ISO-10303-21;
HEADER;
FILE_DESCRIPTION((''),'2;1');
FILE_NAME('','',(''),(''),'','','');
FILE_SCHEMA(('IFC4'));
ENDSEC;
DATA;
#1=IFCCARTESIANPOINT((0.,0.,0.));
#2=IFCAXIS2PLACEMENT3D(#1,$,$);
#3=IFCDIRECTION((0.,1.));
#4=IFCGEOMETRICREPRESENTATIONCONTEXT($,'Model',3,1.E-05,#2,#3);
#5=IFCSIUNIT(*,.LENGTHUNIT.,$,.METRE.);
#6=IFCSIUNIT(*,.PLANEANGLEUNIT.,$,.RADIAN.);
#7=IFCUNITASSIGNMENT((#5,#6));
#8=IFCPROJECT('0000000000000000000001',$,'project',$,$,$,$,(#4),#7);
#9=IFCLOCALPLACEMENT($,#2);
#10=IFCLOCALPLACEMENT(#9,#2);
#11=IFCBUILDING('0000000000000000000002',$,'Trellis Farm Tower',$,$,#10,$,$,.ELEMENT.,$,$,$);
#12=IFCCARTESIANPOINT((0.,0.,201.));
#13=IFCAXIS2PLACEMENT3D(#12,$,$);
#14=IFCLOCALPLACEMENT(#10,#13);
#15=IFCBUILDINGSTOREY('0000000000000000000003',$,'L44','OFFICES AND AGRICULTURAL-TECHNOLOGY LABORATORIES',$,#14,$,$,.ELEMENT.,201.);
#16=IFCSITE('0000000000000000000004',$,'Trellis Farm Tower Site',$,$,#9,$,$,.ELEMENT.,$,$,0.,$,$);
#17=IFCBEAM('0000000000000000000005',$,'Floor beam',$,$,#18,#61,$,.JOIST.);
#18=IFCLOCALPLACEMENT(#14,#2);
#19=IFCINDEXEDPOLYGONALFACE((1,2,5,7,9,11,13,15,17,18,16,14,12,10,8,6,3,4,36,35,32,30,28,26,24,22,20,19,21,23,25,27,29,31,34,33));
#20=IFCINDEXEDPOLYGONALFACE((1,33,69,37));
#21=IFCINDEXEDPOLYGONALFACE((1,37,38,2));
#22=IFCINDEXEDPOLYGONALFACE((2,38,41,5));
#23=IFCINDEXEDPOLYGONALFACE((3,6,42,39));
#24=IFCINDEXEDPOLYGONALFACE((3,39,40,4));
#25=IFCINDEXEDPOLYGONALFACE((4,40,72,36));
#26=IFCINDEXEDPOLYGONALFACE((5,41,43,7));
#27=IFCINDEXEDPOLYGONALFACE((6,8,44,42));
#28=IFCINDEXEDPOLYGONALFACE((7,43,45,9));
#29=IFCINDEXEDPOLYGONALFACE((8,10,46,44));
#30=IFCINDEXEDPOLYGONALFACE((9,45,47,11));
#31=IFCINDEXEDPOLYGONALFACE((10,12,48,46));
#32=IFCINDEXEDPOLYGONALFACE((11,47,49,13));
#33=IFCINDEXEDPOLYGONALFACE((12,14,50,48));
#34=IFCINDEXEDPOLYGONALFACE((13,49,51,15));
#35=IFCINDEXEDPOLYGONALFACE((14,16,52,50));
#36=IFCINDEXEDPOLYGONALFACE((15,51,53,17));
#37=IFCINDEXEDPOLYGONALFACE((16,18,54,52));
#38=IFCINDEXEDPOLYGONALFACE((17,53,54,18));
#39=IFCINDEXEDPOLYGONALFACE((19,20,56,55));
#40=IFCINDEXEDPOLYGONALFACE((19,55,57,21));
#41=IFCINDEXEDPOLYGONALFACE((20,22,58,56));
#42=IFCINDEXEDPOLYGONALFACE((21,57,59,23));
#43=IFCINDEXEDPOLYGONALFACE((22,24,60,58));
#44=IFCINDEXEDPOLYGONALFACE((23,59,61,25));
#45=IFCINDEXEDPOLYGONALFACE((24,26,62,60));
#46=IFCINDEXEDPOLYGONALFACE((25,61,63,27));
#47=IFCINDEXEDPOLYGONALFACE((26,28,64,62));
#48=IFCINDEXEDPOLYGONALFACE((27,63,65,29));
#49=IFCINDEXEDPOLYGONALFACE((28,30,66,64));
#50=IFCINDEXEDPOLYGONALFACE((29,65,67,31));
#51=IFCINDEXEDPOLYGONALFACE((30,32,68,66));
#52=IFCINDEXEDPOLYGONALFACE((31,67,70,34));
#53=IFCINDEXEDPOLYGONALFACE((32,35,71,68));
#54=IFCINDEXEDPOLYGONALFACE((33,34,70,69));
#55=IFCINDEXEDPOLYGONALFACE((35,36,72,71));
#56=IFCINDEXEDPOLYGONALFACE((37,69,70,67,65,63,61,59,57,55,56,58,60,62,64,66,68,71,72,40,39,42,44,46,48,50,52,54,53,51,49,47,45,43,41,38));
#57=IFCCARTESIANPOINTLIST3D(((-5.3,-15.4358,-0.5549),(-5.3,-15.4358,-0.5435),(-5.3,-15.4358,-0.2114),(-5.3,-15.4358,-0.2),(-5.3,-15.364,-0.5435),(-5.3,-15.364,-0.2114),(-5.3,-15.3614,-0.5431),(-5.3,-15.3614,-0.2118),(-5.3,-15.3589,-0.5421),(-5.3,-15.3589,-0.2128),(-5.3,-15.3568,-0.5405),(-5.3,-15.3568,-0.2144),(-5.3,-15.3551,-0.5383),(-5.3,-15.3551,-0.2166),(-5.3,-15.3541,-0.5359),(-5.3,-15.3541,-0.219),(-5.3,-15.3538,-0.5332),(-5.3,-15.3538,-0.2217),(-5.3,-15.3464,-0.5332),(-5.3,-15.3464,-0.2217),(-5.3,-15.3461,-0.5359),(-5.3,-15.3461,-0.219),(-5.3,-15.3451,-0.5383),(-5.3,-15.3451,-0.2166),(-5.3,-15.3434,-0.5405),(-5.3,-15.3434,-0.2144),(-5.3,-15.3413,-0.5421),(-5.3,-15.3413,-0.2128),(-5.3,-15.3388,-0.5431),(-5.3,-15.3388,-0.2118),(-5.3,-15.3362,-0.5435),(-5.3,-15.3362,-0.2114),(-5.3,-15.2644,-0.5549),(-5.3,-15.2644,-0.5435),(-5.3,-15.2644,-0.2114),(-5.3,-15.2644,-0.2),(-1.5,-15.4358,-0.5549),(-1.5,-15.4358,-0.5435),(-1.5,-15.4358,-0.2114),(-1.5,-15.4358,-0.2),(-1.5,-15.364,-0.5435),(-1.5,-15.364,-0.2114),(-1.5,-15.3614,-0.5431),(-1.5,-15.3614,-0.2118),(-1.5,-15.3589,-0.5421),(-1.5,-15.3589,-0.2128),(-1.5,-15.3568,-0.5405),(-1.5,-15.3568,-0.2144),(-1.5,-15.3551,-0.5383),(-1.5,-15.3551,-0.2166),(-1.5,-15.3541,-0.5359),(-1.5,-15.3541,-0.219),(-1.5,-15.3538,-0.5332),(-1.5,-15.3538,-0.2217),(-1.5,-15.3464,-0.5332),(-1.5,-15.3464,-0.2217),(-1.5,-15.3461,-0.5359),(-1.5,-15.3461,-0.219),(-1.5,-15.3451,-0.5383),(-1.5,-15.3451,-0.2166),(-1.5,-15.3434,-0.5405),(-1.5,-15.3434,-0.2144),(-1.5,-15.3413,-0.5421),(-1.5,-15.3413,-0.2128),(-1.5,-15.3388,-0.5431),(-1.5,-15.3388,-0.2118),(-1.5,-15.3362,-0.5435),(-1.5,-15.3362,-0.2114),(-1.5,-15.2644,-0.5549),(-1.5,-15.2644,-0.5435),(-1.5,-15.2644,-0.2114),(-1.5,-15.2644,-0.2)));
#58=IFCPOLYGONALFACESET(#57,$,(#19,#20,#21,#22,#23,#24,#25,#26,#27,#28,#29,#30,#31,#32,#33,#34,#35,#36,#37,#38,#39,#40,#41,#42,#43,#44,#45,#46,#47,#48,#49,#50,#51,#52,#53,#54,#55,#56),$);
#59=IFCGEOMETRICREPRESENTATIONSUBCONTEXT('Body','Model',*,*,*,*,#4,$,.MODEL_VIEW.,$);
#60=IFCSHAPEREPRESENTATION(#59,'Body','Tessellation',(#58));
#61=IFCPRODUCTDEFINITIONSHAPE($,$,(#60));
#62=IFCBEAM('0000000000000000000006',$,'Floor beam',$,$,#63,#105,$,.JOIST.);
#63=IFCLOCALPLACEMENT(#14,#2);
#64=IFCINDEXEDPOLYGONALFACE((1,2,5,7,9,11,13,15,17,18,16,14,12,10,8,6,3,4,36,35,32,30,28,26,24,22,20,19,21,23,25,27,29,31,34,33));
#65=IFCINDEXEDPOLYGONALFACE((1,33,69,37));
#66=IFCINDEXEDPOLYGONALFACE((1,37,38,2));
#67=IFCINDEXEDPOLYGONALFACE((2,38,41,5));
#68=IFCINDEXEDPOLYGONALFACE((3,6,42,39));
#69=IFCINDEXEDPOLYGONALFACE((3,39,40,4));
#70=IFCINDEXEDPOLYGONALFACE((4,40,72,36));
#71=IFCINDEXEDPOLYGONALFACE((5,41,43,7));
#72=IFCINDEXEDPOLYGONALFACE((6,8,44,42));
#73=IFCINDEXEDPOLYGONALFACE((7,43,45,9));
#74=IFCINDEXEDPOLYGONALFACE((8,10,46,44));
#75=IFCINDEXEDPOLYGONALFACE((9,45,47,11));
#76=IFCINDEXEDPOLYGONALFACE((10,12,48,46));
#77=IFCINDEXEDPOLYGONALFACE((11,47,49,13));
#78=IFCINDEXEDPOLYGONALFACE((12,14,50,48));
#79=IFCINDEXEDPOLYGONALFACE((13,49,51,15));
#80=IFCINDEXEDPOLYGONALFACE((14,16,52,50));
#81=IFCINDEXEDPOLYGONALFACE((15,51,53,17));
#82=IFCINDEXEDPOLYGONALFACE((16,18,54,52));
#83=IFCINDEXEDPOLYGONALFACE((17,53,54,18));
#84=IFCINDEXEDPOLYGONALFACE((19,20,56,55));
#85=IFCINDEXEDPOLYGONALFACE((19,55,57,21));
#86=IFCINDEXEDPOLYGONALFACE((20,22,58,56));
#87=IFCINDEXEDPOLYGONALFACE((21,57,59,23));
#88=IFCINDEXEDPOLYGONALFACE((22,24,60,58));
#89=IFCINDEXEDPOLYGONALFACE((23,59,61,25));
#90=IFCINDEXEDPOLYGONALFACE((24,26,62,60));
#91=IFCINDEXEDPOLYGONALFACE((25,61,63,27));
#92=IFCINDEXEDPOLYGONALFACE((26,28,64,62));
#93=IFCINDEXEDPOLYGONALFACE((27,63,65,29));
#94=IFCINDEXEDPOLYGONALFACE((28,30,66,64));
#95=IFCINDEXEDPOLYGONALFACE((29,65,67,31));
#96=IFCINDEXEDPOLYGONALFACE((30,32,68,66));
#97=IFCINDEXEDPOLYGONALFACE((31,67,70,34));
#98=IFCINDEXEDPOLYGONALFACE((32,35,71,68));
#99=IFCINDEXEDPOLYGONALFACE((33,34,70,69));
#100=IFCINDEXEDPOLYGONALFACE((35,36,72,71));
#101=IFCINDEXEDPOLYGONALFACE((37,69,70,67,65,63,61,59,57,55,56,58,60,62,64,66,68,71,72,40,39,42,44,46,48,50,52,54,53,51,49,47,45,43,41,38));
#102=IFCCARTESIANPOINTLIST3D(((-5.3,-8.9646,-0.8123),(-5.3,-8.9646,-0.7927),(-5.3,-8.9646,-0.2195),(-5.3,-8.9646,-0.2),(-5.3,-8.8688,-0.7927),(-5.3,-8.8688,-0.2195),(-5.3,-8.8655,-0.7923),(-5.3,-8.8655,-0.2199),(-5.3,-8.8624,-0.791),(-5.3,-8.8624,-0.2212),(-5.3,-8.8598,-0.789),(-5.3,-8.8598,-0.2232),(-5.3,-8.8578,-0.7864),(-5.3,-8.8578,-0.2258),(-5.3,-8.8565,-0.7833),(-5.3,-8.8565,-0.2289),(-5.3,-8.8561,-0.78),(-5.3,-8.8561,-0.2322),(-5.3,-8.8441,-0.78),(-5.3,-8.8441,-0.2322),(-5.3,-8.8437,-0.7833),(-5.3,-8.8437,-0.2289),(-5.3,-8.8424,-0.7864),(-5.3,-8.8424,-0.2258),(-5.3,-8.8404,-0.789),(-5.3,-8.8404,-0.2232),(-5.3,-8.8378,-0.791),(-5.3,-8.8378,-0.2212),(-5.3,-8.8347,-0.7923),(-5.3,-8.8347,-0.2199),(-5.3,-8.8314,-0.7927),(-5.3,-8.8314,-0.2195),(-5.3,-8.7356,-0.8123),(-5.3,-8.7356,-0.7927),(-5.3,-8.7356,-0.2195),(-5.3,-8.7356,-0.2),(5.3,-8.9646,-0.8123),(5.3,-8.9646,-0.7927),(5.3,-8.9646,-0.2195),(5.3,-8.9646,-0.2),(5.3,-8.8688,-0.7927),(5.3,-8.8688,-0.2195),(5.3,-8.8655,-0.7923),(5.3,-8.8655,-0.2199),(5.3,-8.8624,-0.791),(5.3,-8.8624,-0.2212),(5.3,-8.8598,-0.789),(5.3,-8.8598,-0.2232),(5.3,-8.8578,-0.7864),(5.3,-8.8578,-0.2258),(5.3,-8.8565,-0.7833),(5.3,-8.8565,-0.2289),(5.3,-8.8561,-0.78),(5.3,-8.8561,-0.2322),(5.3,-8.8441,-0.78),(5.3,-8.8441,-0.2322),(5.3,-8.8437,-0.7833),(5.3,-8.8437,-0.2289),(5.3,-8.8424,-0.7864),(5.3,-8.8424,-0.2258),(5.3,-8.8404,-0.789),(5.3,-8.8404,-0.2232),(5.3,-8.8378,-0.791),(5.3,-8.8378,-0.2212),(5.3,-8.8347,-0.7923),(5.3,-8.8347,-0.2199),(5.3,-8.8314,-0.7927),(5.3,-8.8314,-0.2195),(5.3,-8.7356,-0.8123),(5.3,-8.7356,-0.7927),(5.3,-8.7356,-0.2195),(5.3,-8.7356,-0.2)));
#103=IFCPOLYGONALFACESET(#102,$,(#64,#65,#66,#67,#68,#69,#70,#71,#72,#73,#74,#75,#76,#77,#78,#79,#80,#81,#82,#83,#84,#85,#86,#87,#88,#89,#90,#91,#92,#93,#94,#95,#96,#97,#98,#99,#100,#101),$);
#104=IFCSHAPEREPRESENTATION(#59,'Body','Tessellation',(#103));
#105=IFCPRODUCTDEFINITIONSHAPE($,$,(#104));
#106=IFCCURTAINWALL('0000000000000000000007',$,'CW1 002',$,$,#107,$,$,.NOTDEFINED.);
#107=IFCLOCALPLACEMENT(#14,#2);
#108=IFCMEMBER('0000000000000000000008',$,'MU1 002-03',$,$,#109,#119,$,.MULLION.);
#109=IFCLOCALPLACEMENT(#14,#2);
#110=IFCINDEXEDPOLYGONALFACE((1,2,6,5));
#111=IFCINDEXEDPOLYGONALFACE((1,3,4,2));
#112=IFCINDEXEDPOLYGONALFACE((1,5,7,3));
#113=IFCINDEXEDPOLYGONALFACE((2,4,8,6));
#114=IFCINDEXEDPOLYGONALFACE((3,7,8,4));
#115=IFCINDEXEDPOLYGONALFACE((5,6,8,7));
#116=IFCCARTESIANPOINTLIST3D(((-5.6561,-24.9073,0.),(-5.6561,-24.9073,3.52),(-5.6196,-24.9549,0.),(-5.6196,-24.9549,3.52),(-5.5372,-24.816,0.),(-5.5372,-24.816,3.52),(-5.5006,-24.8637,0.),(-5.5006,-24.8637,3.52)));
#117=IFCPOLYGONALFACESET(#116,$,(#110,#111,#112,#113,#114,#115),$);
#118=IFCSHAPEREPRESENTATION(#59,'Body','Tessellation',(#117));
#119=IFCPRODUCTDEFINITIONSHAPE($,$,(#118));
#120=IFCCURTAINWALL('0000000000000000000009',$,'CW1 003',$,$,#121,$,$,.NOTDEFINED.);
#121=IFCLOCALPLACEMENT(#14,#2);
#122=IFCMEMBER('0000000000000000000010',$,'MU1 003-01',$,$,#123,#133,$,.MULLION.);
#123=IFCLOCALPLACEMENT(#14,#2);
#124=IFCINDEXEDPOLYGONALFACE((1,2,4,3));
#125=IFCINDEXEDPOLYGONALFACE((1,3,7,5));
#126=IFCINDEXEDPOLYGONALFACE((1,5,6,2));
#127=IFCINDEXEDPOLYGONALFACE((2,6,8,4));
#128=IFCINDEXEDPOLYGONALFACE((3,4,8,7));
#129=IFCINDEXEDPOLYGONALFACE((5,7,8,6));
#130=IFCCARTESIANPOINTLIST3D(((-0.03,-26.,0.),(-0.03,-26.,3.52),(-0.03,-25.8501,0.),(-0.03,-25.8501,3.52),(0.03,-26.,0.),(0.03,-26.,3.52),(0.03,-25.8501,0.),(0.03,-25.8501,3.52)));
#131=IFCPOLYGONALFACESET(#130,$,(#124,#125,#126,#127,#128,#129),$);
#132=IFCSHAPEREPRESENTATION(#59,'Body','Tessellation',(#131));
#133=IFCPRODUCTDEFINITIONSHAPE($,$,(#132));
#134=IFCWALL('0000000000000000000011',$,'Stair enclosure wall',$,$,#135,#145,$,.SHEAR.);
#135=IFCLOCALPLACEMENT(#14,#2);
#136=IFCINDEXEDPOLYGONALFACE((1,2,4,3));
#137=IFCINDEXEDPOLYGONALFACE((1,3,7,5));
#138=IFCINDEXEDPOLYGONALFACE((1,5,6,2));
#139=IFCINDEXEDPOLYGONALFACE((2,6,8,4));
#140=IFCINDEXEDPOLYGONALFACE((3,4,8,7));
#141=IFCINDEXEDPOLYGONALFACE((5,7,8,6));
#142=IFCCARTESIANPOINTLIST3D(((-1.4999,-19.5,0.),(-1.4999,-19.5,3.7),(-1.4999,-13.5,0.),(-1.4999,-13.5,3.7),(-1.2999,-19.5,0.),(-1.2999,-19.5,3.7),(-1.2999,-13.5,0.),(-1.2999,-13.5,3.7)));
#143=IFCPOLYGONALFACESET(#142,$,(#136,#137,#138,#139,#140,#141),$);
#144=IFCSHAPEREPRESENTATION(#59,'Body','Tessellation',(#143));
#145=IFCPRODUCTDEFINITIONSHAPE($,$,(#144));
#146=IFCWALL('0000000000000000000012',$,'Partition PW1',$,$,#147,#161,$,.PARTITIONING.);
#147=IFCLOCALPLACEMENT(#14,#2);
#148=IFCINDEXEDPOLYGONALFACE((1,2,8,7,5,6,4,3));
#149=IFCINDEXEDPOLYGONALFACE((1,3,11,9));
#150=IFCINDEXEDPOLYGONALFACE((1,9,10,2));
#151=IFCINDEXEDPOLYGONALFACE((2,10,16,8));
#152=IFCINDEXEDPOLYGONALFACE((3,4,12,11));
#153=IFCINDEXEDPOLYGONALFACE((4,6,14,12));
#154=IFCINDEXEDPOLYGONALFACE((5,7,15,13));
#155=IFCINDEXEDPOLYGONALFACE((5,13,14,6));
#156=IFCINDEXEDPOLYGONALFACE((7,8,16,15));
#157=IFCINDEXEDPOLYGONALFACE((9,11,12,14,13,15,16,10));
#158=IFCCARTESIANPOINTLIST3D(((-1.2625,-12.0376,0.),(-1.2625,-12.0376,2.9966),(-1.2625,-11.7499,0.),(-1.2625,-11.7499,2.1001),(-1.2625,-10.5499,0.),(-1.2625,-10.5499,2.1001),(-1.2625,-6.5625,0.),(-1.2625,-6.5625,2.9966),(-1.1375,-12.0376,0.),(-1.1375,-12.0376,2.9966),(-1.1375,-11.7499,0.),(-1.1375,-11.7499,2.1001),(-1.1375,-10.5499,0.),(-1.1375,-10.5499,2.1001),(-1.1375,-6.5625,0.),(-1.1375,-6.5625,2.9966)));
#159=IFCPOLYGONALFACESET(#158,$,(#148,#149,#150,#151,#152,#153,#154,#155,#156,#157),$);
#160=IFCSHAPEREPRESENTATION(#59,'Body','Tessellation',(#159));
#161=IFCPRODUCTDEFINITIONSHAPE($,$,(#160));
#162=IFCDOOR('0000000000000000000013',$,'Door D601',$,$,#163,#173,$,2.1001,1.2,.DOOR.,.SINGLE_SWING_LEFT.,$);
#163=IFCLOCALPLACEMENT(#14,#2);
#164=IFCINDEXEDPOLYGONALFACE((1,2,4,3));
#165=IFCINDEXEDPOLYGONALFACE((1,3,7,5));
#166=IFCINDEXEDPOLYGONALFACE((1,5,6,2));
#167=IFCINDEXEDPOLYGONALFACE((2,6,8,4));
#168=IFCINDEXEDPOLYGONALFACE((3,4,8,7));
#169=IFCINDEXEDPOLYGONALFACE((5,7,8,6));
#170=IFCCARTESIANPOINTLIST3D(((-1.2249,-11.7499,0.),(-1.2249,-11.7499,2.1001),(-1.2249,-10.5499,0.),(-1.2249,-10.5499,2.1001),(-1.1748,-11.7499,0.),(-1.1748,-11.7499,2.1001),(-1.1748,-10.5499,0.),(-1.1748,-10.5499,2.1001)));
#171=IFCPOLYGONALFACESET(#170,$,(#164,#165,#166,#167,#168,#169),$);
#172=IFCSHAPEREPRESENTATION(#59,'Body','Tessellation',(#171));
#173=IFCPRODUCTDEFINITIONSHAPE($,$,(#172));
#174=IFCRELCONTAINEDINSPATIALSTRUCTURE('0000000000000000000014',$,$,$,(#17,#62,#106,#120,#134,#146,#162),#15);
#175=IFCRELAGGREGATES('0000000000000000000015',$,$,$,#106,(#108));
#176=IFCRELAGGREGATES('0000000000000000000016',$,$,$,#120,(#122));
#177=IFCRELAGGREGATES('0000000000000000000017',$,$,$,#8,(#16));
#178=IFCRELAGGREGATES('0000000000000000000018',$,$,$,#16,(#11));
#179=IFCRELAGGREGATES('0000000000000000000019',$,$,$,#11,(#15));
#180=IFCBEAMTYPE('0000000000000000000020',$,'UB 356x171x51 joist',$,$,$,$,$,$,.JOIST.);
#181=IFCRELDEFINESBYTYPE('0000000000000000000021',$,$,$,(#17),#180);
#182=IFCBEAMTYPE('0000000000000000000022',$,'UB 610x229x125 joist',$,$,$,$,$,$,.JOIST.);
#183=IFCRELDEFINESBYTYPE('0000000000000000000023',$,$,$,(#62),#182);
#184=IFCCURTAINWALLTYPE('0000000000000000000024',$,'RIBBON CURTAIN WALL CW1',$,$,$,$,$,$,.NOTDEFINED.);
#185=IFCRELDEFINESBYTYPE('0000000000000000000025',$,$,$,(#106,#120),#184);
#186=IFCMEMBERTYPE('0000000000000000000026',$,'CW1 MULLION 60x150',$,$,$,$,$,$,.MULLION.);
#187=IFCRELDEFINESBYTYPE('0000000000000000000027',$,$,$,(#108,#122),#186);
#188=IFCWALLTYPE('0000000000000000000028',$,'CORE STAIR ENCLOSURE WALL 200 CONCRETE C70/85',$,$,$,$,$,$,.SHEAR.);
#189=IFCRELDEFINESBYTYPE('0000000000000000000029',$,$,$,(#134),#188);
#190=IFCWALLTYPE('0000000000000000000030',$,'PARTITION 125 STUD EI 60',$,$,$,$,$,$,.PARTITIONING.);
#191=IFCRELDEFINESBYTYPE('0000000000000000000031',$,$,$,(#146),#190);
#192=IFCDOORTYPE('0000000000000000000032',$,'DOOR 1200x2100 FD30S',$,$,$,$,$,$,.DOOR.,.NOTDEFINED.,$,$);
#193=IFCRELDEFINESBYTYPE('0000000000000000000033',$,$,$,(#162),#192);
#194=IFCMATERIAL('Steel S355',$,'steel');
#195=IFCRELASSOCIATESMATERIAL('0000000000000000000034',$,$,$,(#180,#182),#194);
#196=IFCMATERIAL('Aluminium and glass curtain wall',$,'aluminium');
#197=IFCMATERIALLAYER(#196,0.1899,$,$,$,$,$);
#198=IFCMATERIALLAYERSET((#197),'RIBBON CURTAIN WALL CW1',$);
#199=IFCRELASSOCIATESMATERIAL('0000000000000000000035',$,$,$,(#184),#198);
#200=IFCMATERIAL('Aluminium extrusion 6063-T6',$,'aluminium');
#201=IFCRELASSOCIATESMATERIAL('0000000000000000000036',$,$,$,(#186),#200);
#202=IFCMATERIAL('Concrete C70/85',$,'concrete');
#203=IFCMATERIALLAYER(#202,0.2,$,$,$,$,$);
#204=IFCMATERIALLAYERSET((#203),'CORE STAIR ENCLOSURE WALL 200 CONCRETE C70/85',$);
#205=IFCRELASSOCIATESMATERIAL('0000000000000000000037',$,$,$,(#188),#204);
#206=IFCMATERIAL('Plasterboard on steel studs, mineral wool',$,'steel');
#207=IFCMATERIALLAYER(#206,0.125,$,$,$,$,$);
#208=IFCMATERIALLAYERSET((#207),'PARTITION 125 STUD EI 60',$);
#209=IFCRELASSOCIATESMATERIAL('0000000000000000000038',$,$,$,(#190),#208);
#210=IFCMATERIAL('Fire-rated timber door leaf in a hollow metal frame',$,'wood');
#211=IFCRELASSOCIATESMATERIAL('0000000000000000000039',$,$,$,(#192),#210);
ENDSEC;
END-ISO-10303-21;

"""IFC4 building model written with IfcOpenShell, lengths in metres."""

from ifc_helpers import new_model, si_unit, direction, frame, frame_2d, origin, origin_2d, place, context, subcontext, project, spatial, rectangle, i_section, extrude, source, transform, mapped, material, layer, layer_set, material_profile, profile_set, type_object, element, fill, aggregate, save


model = new_model("IFC4")

# Units and contexts
model_context = context("Model", 3, precision=1e-05, world=origin(), true_north=direction((0.0, 1.0)))
body_context = subcontext(model_context, "Body", "Model", "MODEL_VIEW")
ifc_project = project(units=[si_unit("LENGTHUNIT", "METRE"), si_unit("PLANEANGLEUNIT", "RADIAN")], contexts=[model_context])

# Site, building, storey
site_placement = place(None, origin())
site = spatial("IfcSite", under=ifc_project, at=site_placement, Name="Trellis Farm Tower Site", CompositionType="ELEMENT", RefElevation=0.0)
building_placement = place(site_placement, origin())
building = spatial("IfcBuilding", under=site, at=building_placement, Name="Trellis Farm Tower", CompositionType="ELEMENT")
storey_placement = place(building_placement, frame((0.0, 0.0, 201.0)))
storey = spatial("IfcBuildingStorey", under=building, at=storey_placement, Name="L44", Description="OFFICES AND AGRICULTURAL-TECHNOLOGY LABORATORIES", CompositionType="ELEMENT", Elevation=201.0)

# Shared definitions
ifc_material_1 = material(Name="Concrete C70/85", Category="concrete")

# Beams
ifc_material_2 = material(Name="Steel S355", Category="steel")
ifc_material_profile_1 = material_profile(ifc_material_2, i_section(OverallWidth=0.1714, OverallDepth=0.355, WebThickness=0.0073, FlangeThickness=0.0115, FilletRadius=0.0103, at=origin_2d()), Name="UB 356x171x51")
ifc_profile_set_1 = profile_set([ifc_material_profile_1], Name="Steel S355")
beam_type_1 = type_object("IfcBeamType", Name="UB 356x171x51 joist", PredefinedType="JOIST", material=ifc_profile_set_1)
shared_shape_1 = source(origin(), body_context, "Body", "SweptSolid", [
    extrude(i_section(OverallWidth=0.1714, OverallDepth=0.355, WebThickness=0.0073, FlangeThickness=0.0115, FilletRadius=0.0103, at=origin_2d()), origin(), (0.0, 0.0, 1.0), 3.8),
])
beam_1_placement = place(storey_placement, frame((-5.3, -15.3501, -0.3774), z_axis=(1.0, 0.0, 0.0), x_axis=(0.0, 1.0, 0.0)))
element("IfcBeam", 1, at=beam_1_placement, inside=storey, type_object=beam_type_1, Name="Floor beam", PredefinedType="JOIST", context=body_context, shape_type="MappedRepresentation", body=[
    mapped(shared_shape_1, transform((0.0, 0.0, 0.0))),
])
ifc_material_profile_2 = material_profile(ifc_material_2, i_section(OverallWidth=0.229, OverallDepth=0.6123, WebThickness=0.012, FlangeThickness=0.0195, FilletRadius=0.0127, at=origin_2d()), Name="UB 610x229x125")
ifc_profile_set_2 = profile_set([ifc_material_profile_2], Name="Steel S355")
beam_type_2 = type_object("IfcBeamType", Name="UB 610x229x125 joist", PredefinedType="JOIST", material=ifc_profile_set_2)
shared_shape_2 = source(origin(), body_context, "Body", "SweptSolid", [
    extrude(i_section(OverallWidth=0.229, OverallDepth=0.6123, WebThickness=0.012, FlangeThickness=0.0195, FilletRadius=0.0127, at=origin_2d()), origin(), (0.0, 0.0, 1.0), 10.6001),
])
beam_2_placement = place(storey_placement, frame((-5.3, -8.8501, -0.5061), z_axis=(1.0, 0.0, 0.0), x_axis=(0.0, 1.0, 0.0)))
element("IfcBeam", 2, at=beam_2_placement, inside=storey, type_object=beam_type_2, Name="Floor beam", PredefinedType="JOIST", context=body_context, shape_type="MappedRepresentation", body=[
    mapped(shared_shape_2, transform((0.0, 0.0, 0.0))),
])

# Curtain walls, members
ifc_material_3 = material(Name="Aluminium and glass curtain wall", Category="aluminium")
ifc_layer_1 = layer(ifc_material_3, 0.1899)
ifc_layer_set_1 = layer_set([ifc_layer_1], Name="RIBBON CURTAIN WALL CW1")
curtain_wall_type = type_object("IfcCurtainWallType", Name="RIBBON CURTAIN WALL CW1", PredefinedType="NOTDEFINED", material=ifc_layer_set_1)
placement = place(storey_placement, origin())
curtain_wall_1 = element("IfcCurtainWall", 3, at=placement, inside=storey, type_object=curtain_wall_type, Name="CW1 002", PredefinedType="NOTDEFINED")
ifc_material_4 = material(Name="Aluminium extrusion 6063-T6", Category="aluminium")
ifc_material_profile_3 = material_profile(ifc_material_4, rectangle(XDim=0.0601, YDim=0.1499, at=origin_2d()), Name="MULLION 60x150")
ifc_profile_set_3 = profile_set([ifc_material_profile_3], Name="Aluminium extrusion 6063-T6")
member_type = type_object("IfcMemberType", Name="CW1 MULLION 60x150", PredefinedType="MULLION", material=ifc_profile_set_3)
shared_shape_3 = source(origin(), body_context, "Body", "SweptSolid", [
    extrude(rectangle(XDim=0.0601, YDim=0.1499, at=origin_2d()), origin(), (0.0, 0.0, 1.0), 3.52),
])
member_1_placement = place(storey_placement, frame((-5.5784, -24.8855, 0.0), z_axis=(0.0, 0.0, 1.0), x_axis=(0.608761, -0.793353, 0.0)))
member_1 = element("IfcMember", 4, at=member_1_placement, type_object=member_type, Name="MU1 002-03", PredefinedType="MULLION", context=body_context, shape_type="MappedRepresentation", body=[
    mapped(shared_shape_3, transform((0.0, 0.0, 0.0))),
])
aggregate(curtain_wall_1, [member_1])
curtain_wall_2 = element("IfcCurtainWall", 5, at=placement, inside=storey, type_object=curtain_wall_type, Name="CW1 003", PredefinedType="NOTDEFINED")
member_2_placement = place(storey_placement, frame((0.0, -25.925, 0.0), z_axis=(0.0, 0.0, 1.0), x_axis=(1.0, 0.0, 0.0)))
member_2 = element("IfcMember", 6, at=member_2_placement, type_object=member_type, Name="MU1 003-01", PredefinedType="MULLION", context=body_context, shape_type="MappedRepresentation", body=[
    mapped(shared_shape_3, transform((0.0, 0.0, 0.0))),
])
aggregate(curtain_wall_2, [member_2])

# Wall
ifc_layer_2 = layer(ifc_material_1, 0.2)
ifc_layer_set_2 = layer_set([ifc_layer_2], Name="CORE STAIR ENCLOSURE WALL 200 CONCRETE C70/85")
wall_type_1 = type_object("IfcWallType", Name="CORE STAIR ENCLOSURE WALL 200 CONCRETE C70/85", PredefinedType="SHEAR", material=ifc_layer_set_2)
shared_shape_4 = source(origin(), body_context, "Body", "SweptSolid", [
    extrude(rectangle(XDim=6.0, YDim=0.2, at=frame_2d((3.0, 0.0))), origin(), (0.0, 0.0, 1.0), 3.7),
])
wall_1_placement = place(storey_placement, frame((-1.3999, -13.5, 0.0), z_axis=(0.0, 0.0, 1.0), x_axis=(0.0, -1.0, 0.0)))
element("IfcWall", 7, at=wall_1_placement, inside=storey, type_object=wall_type_1, Name="Stair enclosure wall", PredefinedType="SHEAR", context=body_context, shape_type="MappedRepresentation", body=[
    mapped(shared_shape_4, transform((0.0, 0.0, 0.0))),
])

# Wall, opening, door
ifc_material_5 = material(Name="Plasterboard on steel studs, mineral wool", Category="steel")
ifc_layer_3 = layer(ifc_material_5, 0.125)
ifc_layer_set_3 = layer_set([ifc_layer_3], Name="PARTITION 125 STUD EI 60")
wall_type_2 = type_object("IfcWallType", Name="PARTITION 125 STUD EI 60", PredefinedType="PARTITIONING", material=ifc_layer_set_3)
shared_shape_5 = source(origin(), body_context, "Body", "SweptSolid", [
    extrude(rectangle(XDim=5.4751, YDim=0.125, at=frame_2d((2.7375, 0.0))), origin(), (0.0, 0.0, 1.0), 2.9966),
])
wall_2_placement = place(storey_placement, frame((-1.2, -12.0376, 0.0), z_axis=(0.0, 0.0, 1.0), x_axis=(0.0, 1.0, 0.0)))
wall_2 = element("IfcWall", 8, at=wall_2_placement, inside=storey, type_object=wall_type_2, Name="Partition PW1", PredefinedType="PARTITIONING", context=body_context, shape_type="MappedRepresentation", body=[
    mapped(shared_shape_5, transform((0.0, 0.0, 0.0))),
])
shared_shape_6 = source(origin(), body_context, "Body", "SweptSolid", [
    extrude(rectangle(XDim=1.2, YDim=2.1001, at=frame_2d((0.6001, 1.05))), frame((0.0, 0.0725, 0.0), z_axis=(0.0, -1.0, 0.0), x_axis=(1.0, 0.0, 0.0)), (0.0, 0.0, 1.0), 0.145),
])
opening_1_placement = place(wall_2_placement, frame((0.2876, 0.0, 0.0)))
opening_1 = element("IfcOpeningElement", 9, at=opening_1_placement, cuts=wall_2, PredefinedType="OPENING", context=body_context, shape_type="MappedRepresentation", body=[
    mapped(shared_shape_6, transform((0.0, 0.0, 0.0))),
])
ifc_material_6 = material(Name="Fire-rated timber door leaf in a hollow metal frame", Category="wood")
door_type_1 = type_object("IfcDoorType", Name="DOOR 1200x2100 FD30S", OperationType="NOTDEFINED", PredefinedType="DOOR", material=ifc_material_6)
shared_shape_7 = source(origin(), body_context, "Body", "SweptSolid", [
    extrude(rectangle(XDim=1.2, YDim=2.1001, at=frame_2d((0.6001, 1.05))), frame((0.0, 0.0249, 0.0), z_axis=(0.0, -1.0, 0.0), x_axis=(1.0, 0.0, 0.0)), (0.0, 0.0, 1.0), 0.05),
])
door_1_placement = place(opening_1_placement, origin())
door_1 = element("IfcDoor", 10, at=door_1_placement, inside=storey, type_object=door_type_1, Name="Door D601", OperationType="SINGLE_SWING_LEFT", OverallHeight=2.1001, OverallWidth=1.2, PredefinedType="DOOR", context=body_context, shape_type="MappedRepresentation", body=[
    mapped(shared_shape_7, transform((0.0, 0.0, 0.0))),
])
fill(opening_1, door_1)

save(model, "model.ifc")
